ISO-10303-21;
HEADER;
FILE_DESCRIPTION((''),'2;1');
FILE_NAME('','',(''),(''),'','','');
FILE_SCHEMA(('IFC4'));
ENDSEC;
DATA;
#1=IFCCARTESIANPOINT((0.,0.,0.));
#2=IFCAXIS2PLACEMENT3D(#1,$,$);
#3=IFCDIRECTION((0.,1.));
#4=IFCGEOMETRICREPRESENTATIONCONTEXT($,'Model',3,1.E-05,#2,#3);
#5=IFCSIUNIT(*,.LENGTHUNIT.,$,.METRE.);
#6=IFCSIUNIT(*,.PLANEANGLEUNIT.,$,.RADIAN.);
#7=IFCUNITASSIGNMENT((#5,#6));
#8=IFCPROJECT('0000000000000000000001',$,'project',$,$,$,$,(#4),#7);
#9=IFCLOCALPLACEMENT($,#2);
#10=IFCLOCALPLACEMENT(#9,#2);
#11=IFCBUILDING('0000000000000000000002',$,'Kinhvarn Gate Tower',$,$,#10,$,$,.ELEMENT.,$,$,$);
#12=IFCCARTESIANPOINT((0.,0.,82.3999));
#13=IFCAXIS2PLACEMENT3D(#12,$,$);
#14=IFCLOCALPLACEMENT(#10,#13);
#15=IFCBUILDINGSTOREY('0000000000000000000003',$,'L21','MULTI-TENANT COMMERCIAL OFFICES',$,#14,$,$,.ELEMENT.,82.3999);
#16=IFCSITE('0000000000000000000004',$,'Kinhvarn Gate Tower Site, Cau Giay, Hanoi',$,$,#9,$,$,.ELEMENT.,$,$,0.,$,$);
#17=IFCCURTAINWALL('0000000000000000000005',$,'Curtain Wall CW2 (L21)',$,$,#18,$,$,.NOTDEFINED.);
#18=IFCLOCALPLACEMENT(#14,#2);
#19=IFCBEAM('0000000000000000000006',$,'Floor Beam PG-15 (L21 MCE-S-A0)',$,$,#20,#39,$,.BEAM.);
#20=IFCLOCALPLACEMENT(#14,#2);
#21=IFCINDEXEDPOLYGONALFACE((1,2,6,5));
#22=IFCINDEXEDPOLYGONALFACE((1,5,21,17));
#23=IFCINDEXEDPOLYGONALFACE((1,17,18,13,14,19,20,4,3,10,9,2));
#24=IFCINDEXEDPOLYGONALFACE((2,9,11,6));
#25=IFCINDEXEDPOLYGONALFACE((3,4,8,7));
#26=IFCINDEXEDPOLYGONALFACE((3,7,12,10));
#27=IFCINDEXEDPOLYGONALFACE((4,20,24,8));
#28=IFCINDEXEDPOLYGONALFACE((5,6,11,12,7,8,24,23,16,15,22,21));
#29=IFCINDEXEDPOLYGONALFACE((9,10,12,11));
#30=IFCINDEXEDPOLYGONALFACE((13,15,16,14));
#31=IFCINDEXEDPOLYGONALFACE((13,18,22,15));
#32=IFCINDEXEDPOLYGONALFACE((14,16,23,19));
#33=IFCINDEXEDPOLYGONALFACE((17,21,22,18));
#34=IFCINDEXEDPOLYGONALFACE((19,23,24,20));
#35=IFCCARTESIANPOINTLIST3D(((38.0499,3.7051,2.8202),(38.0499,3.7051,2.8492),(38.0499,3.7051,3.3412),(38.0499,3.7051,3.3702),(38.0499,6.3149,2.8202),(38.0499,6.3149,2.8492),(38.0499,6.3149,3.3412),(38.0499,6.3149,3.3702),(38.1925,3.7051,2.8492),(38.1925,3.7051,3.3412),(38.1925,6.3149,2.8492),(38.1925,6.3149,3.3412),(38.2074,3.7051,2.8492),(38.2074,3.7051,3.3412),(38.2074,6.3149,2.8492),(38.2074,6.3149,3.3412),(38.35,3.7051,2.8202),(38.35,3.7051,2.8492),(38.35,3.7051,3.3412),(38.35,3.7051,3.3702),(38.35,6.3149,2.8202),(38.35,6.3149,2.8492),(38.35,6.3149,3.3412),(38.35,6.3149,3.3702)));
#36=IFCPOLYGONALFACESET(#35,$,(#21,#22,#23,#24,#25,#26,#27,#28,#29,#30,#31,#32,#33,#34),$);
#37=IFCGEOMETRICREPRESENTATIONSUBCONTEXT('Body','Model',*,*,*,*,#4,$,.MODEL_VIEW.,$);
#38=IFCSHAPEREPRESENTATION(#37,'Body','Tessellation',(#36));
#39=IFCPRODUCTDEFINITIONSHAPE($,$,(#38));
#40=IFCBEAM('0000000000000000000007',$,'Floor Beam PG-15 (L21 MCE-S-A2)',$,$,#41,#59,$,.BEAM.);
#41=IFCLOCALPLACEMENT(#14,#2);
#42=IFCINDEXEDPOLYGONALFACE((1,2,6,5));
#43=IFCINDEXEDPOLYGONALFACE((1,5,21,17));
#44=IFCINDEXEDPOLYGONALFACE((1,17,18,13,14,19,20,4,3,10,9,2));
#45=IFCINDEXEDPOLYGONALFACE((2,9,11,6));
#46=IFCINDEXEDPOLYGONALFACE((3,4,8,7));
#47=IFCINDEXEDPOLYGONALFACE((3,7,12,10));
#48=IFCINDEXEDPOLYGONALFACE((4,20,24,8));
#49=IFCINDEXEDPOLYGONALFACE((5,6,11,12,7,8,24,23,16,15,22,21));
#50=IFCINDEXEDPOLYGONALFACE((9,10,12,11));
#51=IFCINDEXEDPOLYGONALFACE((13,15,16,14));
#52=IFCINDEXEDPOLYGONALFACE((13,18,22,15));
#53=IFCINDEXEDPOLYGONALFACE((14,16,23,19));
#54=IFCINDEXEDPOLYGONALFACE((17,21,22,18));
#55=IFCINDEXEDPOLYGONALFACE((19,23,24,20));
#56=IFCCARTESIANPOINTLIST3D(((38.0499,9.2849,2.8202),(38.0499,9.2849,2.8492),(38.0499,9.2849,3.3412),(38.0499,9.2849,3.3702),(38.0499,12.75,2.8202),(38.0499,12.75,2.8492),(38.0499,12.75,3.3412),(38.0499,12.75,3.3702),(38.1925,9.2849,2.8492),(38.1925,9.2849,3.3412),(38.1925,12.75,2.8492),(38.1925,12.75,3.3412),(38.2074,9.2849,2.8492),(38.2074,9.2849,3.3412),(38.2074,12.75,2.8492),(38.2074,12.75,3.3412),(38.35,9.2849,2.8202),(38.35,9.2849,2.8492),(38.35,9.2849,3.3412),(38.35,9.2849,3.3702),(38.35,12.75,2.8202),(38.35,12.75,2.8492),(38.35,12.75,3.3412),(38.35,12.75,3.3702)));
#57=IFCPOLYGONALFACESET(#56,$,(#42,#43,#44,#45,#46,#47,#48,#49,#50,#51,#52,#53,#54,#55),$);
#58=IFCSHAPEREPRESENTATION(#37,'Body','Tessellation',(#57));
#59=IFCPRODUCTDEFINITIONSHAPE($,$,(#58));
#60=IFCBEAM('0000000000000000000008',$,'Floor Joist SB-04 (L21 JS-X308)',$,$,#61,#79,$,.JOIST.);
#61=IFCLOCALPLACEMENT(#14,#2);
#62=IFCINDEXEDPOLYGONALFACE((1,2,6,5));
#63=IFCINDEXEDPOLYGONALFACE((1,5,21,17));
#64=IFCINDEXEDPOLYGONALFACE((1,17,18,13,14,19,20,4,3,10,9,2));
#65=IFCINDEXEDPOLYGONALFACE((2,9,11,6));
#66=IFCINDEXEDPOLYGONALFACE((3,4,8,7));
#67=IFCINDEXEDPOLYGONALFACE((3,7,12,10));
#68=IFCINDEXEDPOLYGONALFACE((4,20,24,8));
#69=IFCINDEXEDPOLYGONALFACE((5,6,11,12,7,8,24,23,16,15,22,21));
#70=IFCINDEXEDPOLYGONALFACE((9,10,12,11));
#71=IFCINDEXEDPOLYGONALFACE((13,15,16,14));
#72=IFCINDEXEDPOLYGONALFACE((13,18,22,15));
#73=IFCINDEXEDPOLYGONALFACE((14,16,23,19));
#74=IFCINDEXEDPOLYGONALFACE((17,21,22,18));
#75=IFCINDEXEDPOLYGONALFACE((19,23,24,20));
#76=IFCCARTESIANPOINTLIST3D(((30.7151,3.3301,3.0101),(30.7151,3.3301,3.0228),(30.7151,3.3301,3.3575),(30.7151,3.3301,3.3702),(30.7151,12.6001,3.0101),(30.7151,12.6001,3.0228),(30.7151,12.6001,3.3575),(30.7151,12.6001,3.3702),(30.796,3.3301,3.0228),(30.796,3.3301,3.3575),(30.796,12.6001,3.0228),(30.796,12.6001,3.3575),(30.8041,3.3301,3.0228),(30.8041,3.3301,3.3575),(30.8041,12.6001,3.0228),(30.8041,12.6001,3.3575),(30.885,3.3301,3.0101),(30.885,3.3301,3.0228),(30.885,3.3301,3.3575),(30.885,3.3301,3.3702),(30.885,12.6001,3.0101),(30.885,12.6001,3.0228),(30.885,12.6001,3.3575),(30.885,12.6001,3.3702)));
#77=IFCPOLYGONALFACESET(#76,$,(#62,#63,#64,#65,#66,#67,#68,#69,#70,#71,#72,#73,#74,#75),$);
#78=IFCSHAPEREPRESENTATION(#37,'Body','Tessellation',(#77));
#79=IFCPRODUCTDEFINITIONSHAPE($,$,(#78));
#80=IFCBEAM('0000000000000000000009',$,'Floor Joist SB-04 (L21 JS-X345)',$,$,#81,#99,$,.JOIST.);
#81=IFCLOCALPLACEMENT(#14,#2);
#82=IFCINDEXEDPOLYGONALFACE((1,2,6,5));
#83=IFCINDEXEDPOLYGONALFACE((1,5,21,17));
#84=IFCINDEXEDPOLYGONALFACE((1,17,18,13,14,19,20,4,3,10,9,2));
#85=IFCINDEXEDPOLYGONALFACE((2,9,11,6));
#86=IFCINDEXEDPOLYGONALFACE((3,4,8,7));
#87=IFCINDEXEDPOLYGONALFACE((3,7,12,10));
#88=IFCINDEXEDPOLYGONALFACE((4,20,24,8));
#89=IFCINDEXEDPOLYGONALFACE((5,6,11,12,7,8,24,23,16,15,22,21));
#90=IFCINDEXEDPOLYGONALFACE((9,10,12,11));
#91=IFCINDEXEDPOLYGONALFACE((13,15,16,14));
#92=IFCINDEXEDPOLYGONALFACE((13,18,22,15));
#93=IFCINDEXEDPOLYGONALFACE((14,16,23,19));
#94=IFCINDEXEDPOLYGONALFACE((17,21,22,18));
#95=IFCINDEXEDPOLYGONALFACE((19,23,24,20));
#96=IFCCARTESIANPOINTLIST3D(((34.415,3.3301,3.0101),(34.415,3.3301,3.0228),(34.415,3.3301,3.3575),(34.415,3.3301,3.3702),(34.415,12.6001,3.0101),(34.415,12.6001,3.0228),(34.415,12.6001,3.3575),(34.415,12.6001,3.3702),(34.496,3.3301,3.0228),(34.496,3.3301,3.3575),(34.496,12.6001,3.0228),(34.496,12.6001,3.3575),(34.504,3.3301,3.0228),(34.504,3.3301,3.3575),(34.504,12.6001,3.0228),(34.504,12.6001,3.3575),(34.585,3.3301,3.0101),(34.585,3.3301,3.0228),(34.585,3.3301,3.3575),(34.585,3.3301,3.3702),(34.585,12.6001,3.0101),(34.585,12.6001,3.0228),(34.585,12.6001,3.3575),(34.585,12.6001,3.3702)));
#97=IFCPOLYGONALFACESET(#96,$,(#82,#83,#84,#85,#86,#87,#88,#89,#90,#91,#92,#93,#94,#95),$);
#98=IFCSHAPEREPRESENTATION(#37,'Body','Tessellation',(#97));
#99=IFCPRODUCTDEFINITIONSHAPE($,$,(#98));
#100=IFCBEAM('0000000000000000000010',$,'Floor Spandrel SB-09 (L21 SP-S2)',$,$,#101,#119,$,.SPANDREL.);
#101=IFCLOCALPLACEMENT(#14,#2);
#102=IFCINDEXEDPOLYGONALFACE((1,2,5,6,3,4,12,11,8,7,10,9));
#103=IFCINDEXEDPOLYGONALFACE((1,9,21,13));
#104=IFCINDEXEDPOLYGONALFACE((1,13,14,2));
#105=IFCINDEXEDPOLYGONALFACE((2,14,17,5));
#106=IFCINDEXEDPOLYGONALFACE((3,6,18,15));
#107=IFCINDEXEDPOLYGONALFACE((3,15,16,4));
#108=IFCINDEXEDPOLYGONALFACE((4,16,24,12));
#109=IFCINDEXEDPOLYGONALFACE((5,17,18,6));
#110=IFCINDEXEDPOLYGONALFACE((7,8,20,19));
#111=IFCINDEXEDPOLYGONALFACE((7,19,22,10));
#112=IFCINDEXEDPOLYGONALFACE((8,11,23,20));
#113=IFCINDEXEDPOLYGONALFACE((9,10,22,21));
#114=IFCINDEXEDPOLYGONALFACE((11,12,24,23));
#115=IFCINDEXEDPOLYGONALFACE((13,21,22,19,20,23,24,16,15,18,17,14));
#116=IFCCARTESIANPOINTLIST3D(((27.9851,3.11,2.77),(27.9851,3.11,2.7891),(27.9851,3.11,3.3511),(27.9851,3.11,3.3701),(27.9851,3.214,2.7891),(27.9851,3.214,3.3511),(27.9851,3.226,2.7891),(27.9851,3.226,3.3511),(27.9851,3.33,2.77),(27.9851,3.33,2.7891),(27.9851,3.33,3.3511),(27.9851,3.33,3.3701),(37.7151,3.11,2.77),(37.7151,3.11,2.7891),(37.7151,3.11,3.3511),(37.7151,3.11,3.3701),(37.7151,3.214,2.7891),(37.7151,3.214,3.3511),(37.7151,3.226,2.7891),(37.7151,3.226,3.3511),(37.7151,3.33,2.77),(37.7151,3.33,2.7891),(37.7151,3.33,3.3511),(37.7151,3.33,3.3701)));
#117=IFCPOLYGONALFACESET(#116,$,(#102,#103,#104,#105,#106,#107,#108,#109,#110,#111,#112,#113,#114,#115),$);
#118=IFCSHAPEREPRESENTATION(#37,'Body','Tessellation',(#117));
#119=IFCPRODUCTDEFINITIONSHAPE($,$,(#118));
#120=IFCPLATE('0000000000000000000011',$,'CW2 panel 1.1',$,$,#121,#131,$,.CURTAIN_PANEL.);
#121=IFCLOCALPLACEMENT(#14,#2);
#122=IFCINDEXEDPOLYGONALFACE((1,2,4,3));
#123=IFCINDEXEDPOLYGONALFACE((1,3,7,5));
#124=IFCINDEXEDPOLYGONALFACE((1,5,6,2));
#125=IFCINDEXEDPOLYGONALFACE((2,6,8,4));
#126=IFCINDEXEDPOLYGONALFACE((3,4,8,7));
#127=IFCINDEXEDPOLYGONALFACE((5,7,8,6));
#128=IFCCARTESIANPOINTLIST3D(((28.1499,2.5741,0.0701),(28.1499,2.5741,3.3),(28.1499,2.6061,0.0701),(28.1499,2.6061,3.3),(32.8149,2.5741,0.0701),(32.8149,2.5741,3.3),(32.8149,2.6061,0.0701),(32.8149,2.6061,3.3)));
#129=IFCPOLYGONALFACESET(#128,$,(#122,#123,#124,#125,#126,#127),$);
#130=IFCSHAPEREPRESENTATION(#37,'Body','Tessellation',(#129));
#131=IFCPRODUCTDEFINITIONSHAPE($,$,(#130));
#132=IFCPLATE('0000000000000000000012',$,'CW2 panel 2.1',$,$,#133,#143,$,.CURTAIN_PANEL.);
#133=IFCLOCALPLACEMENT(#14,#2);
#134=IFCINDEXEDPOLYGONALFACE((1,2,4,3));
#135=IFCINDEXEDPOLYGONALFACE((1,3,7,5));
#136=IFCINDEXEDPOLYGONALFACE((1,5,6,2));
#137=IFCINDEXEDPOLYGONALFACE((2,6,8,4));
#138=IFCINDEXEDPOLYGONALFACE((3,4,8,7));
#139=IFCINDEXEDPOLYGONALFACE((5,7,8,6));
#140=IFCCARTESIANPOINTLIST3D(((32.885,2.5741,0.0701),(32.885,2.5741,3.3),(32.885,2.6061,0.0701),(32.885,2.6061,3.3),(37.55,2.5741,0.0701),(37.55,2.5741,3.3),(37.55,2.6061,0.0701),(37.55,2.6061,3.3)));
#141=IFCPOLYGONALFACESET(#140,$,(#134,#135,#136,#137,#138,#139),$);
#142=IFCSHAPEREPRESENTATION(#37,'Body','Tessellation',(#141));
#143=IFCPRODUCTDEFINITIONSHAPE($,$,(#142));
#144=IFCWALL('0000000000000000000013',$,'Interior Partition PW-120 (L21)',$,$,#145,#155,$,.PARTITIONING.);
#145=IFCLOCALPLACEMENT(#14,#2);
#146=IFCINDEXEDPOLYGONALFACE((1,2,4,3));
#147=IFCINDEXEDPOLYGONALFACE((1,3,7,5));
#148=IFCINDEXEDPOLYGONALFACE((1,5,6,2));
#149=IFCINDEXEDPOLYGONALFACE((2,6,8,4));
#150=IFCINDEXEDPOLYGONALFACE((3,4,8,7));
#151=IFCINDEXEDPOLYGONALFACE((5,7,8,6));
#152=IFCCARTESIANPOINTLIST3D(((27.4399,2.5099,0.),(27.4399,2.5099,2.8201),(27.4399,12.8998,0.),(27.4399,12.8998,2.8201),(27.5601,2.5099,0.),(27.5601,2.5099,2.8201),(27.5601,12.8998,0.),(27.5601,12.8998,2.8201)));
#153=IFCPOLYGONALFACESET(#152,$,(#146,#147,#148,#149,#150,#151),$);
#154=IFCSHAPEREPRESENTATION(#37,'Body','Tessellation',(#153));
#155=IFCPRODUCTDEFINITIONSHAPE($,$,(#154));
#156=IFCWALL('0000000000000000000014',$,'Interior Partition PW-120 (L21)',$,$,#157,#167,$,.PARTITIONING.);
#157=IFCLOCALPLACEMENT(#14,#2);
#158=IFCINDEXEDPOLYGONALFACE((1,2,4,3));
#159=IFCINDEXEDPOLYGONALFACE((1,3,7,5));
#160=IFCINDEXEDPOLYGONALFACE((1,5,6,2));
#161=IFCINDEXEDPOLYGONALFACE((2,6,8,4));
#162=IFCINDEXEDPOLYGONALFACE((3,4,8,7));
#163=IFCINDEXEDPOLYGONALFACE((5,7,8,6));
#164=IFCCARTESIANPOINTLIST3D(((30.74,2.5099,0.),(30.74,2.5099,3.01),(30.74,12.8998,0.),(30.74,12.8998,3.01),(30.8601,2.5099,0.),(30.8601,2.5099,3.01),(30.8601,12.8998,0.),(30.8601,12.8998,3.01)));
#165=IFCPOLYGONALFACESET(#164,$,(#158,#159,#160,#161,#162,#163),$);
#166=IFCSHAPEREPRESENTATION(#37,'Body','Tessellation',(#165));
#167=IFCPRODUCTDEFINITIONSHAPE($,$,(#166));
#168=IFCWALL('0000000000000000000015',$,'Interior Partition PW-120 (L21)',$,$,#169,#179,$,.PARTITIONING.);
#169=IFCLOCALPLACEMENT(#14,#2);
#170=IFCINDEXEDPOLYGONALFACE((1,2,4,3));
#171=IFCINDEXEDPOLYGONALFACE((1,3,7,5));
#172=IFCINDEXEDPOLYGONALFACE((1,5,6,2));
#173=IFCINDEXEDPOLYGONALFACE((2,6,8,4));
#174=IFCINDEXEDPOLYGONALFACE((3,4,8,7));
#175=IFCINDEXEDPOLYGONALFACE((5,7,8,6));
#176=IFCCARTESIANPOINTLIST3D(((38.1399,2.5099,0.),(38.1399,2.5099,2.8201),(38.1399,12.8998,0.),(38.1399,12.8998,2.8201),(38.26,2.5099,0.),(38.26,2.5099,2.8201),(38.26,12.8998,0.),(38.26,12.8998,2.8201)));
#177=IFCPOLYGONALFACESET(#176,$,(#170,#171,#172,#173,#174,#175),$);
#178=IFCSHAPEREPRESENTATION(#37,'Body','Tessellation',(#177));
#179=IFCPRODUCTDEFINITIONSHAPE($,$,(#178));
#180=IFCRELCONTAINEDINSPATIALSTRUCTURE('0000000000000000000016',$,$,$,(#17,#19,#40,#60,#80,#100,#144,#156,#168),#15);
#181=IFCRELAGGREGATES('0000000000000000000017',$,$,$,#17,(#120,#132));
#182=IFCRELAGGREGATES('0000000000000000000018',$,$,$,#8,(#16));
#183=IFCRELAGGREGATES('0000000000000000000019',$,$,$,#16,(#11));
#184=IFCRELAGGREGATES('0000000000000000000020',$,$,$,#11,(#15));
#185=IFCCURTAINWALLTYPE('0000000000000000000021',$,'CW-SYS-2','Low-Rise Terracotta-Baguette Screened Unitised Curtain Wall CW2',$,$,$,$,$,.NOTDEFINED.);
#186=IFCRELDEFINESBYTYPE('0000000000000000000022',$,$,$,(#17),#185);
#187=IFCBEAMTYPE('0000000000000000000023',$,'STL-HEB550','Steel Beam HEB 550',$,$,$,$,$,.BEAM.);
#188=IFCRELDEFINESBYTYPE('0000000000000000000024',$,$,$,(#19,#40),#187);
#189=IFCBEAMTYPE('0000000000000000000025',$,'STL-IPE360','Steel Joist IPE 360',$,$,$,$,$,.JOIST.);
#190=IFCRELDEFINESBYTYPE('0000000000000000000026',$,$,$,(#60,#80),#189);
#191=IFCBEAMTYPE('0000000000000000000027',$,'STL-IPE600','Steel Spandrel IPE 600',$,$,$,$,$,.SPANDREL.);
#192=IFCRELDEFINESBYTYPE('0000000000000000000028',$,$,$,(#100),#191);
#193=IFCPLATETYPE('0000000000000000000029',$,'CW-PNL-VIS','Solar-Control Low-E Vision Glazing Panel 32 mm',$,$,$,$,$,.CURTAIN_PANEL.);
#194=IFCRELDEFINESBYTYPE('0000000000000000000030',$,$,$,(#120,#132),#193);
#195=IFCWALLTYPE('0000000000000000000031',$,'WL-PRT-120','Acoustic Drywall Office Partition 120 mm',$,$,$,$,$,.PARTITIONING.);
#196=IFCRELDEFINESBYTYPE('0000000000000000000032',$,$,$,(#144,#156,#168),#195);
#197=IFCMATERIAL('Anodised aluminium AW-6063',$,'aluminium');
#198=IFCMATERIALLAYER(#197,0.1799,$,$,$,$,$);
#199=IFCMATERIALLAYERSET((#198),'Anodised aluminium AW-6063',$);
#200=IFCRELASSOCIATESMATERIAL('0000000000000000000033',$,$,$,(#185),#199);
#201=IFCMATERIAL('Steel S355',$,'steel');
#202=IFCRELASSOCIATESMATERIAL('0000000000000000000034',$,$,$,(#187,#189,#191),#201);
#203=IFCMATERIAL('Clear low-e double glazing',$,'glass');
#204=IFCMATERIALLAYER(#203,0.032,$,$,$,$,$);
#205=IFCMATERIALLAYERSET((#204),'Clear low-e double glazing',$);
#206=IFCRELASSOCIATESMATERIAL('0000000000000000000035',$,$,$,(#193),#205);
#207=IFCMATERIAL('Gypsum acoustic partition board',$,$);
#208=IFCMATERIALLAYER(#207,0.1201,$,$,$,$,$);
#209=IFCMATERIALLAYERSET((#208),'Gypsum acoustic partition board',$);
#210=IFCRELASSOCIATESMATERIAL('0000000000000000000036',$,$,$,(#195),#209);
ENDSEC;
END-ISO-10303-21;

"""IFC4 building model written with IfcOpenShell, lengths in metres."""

from ifc_helpers import new_model, si_unit, direction, frame, frame_2d, origin, origin_2d, place, context, subcontext, project, spatial, rectangle, i_section, extrude, material, layer, layer_set, material_profile, profile_set, type_object, element, aggregate, save


model = new_model("IFC4")

# Units and contexts
model_context = context("Model", 3, precision=1e-05, world=origin(), true_north=direction((0.0, 1.0)))
body_context = subcontext(model_context, "Body", "Model", "MODEL_VIEW")
ifc_project = project(units=[si_unit("LENGTHUNIT", "METRE"), si_unit("PLANEANGLEUNIT", "RADIAN")], contexts=[model_context])

# Site, building, storey
site_placement = place(None, origin())
site = spatial("IfcSite", under=ifc_project, at=site_placement, Name="Kinhvarn Gate Tower Site, Cau Giay, Hanoi", CompositionType="ELEMENT", RefElevation=0.0)
building_placement = place(site_placement, origin())
building = spatial("IfcBuilding", under=site, at=building_placement, Name="Kinhvarn Gate Tower", CompositionType="ELEMENT")
storey_placement = place(building_placement, frame((0.0, 0.0, 82.3999)))
storey = spatial("IfcBuildingStorey", under=building, at=storey_placement, Name="L21", Description="MULTI-TENANT COMMERCIAL OFFICES", CompositionType="ELEMENT", Elevation=82.3999)

# Shared definitions
ifc_material_1 = material(Name="Anodised aluminium AW-6063", Category="aluminium")
ifc_layer_1 = layer(ifc_material_1, 0.1799)
ifc_layer_set_1 = layer_set([ifc_layer_1], Name="Anodised aluminium AW-6063")
curtain_wall_type = type_object("IfcCurtainWallType", Name="CW-SYS-2", Description="Low-Rise Terracotta-Baguette Screened Unitised Curtain Wall CW2", PredefinedType="NOTDEFINED", material=ifc_layer_set_1)

# Curtain wall
curtain_wall_1_placement = place(storey_placement, origin())
curtain_wall_1 = element("IfcCurtainWall", 1, at=curtain_wall_1_placement, inside=storey, type_object=curtain_wall_type, Name="Curtain Wall CW2 (L21)", PredefinedType="NOTDEFINED")

# Beams
ifc_material_2 = material(Name="Steel S355", Category="steel")
ifc_material_profile_1 = material_profile(ifc_material_2, i_section(OverallWidth=0.3, OverallDepth=0.55, WebThickness=0.0149, FlangeThickness=0.0291, at=origin_2d()), Name="HEB 550")
ifc_profile_set_1 = profile_set([ifc_material_profile_1], Name="Steel S355")
beam_type_1 = type_object("IfcBeamType", Name="STL-HEB550", Description="Steel Beam HEB 550", PredefinedType="BEAM", material=ifc_profile_set_1)
beam_1_placement = place(storey_placement, frame((38.2, 3.7051, 3.0952), z_axis=(0.0, 1.0, 0.0), x_axis=(-1.0, 0.0, 0.0)))
element("IfcBeam", 2, at=beam_1_placement, inside=storey, type_object=beam_type_1, Name="Floor Beam PG-15 (L21 MCE-S-A0)", PredefinedType="BEAM", context=body_context, shape_type="SweptSolid", body=[
    extrude(i_section(OverallWidth=0.3, OverallDepth=0.55, WebThickness=0.0149, FlangeThickness=0.0291, at=origin_2d()), origin(), (0.0, 0.0, 1.0), 2.6099),
])
beam_2_placement = place(storey_placement, frame((38.2, 9.2849, 3.0952), z_axis=(0.0, 1.0, 0.0), x_axis=(-1.0, 0.0, 0.0)))
element("IfcBeam", 3, at=beam_2_placement, inside=storey, type_object=beam_type_1, Name="Floor Beam PG-15 (L21 MCE-S-A2)", PredefinedType="BEAM", context=body_context, shape_type="SweptSolid", body=[
    extrude(i_section(OverallWidth=0.3, OverallDepth=0.55, WebThickness=0.0149, FlangeThickness=0.0291, at=origin_2d()), origin(), (0.0, 0.0, 1.0), 3.4651),
])
ifc_material_profile_2 = material_profile(ifc_material_2, i_section(OverallWidth=0.1699, OverallDepth=0.3601, WebThickness=0.0081, FlangeThickness=0.0127, at=origin_2d()), Name="IPE 360")
ifc_profile_set_2 = profile_set([ifc_material_profile_2], Name="Steel S355")
beam_type_2 = type_object("IfcBeamType", Name="STL-IPE360", Description="Steel Joist IPE 360", PredefinedType="JOIST", material=ifc_profile_set_2)
for number, where, z_axis, x_axis, name in (
    (4, (30.8, 3.3301, 3.1902), (0.0, 1.0, 0.0), (-1.0, 0.0, 0.0), "Floor Joist SB-04 (L21 JS-X308)"),
    (5, (34.5, 3.3301, 3.1902), (0.0, 1.0, 0.0), (-1.0, 0.0, 0.0), "Floor Joist SB-04 (L21 JS-X345)"),
):
    element("IfcBeam", number, at=place(storey_placement, frame(where, z_axis=z_axis, x_axis=x_axis)), inside=storey, type_object=beam_type_2, Name=name, PredefinedType="JOIST", context=body_context, shape_type="SweptSolid", body=[
        extrude(i_section(OverallWidth=0.1699, OverallDepth=0.3601, WebThickness=0.0081, FlangeThickness=0.0127, at=origin_2d()), origin(), (0.0, 0.0, 1.0), 9.27),
    ])
ifc_material_profile_3 = material_profile(ifc_material_2, i_section(OverallWidth=0.22, OverallDepth=0.6001, WebThickness=0.012, FlangeThickness=0.019, at=origin_2d()), Name="IPE 600")
ifc_profile_set_3 = profile_set([ifc_material_profile_3], Name="Steel S355")
beam_type_3 = type_object("IfcBeamType", Name="STL-IPE600", Description="Steel Spandrel IPE 600", PredefinedType="SPANDREL", material=ifc_profile_set_3)
beam_3_placement = place(storey_placement, frame((27.9851, 3.22, 3.0701), z_axis=(1.0, 0.0, 0.0), x_axis=(0.0, 1.0, 0.0)))
element("IfcBeam", 6, at=beam_3_placement, inside=storey, type_object=beam_type_3, Name="Floor Spandrel SB-09 (L21 SP-S2)", PredefinedType="SPANDREL", context=body_context, shape_type="SweptSolid", body=[
    extrude(i_section(OverallWidth=0.22, OverallDepth=0.6001, WebThickness=0.012, FlangeThickness=0.019, at=origin_2d()), origin(), (0.0, 0.0, 1.0), 9.73),
])

# Plates
ifc_material_3 = material(Name="Clear low-e double glazing", Category="glass")
ifc_layer_2 = layer(ifc_material_3, 0.032)
ifc_layer_set_2 = layer_set([ifc_layer_2], Name="Clear low-e double glazing")
plate_type = type_object("IfcPlateType", Name="CW-PNL-VIS", Description="Solar-Control Low-E Vision Glazing Panel 32 mm", PredefinedType="CURTAIN_PANEL", material=ifc_layer_set_2)
plate_1_placement = place(storey_placement, frame((30.4824, 2.5901, 0.0701), z_axis=(0.0, 0.0, 1.0), x_axis=(1.0, 0.0, 0.0)))
plate_1 = element("IfcPlate", 7, at=plate_1_placement, type_object=plate_type, Name="CW2 panel 1.1", PredefinedType="CURTAIN_PANEL", context=body_context, shape_type="SweptSolid", body=[
    extrude(rectangle(XDim=4.665, YDim=0.032, at=origin_2d()), origin(), (0.0, 0.0, 1.0), 3.23),
])
plate_2_placement = place(storey_placement, frame((35.2175, 2.5901, 0.0701), z_axis=(0.0, 0.0, 1.0), x_axis=(1.0, 0.0, 0.0)))
plate_2 = element("IfcPlate", 8, at=plate_2_placement, type_object=plate_type, Name="CW2 panel 2.1", PredefinedType="CURTAIN_PANEL", context=body_context, shape_type="SweptSolid", body=[
    extrude(rectangle(XDim=4.665, YDim=0.032, at=origin_2d()), origin(), (0.0, 0.0, 1.0), 3.23),
])
aggregate(curtain_wall_1, [plate_1, plate_2])

# Walls
ifc_material_4 = material(Name="Gypsum acoustic partition board")
ifc_layer_3 = layer(ifc_material_4, 0.1201)
ifc_layer_set_3 = layer_set([ifc_layer_3], Name="Gypsum acoustic partition board")
wall_type = type_object("IfcWallType", Name="WL-PRT-120", Description="Acoustic Drywall Office Partition 120 mm", PredefinedType="PARTITIONING", material=ifc_layer_set_3)
wall_1_placement = place(storey_placement, frame((27.5, 2.51, 0.0), z_axis=(0.0, 0.0, 1.0), x_axis=(0.0, 1.0, 0.0)))
element("IfcWall", 9, at=wall_1_placement, inside=storey, type_object=wall_type, Name="Interior Partition PW-120 (L21)", PredefinedType="PARTITIONING", context=body_context, shape_type="SweptSolid", body=[
    extrude(rectangle(XDim=10.3899, YDim=0.1201, at=frame_2d((5.1948, 0.0))), origin(), (0.0, 0.0, 1.0), 2.8201),
])
wall_2_placement = place(storey_placement, frame((30.8, 2.51, 0.0), z_axis=(0.0, 0.0, 1.0), x_axis=(0.0, 1.0, 0.0)))
element("IfcWall", 10, at=wall_2_placement, inside=storey, type_object=wall_type, Name="Interior Partition PW-120 (L21)", PredefinedType="PARTITIONING", context=body_context, shape_type="SweptSolid", body=[
    extrude(rectangle(XDim=10.3899, YDim=0.1201, at=frame_2d((5.1948, 0.0))), origin(), (0.0, 0.0, 1.0), 3.01),
])
wall_3_placement = place(storey_placement, frame((38.2, 2.51, 0.0), z_axis=(0.0, 0.0, 1.0), x_axis=(0.0, 1.0, 0.0)))
element("IfcWall", 11, at=wall_3_placement, inside=storey, type_object=wall_type, Name="Interior Partition PW-120 (L21)", PredefinedType="PARTITIONING", context=body_context, shape_type="SweptSolid", body=[
    extrude(rectangle(XDim=10.3899, YDim=0.1201, at=frame_2d((5.1948, 0.0))), origin(), (0.0, 0.0, 1.0), 2.8201),
])

save(model, "model.ifc")
